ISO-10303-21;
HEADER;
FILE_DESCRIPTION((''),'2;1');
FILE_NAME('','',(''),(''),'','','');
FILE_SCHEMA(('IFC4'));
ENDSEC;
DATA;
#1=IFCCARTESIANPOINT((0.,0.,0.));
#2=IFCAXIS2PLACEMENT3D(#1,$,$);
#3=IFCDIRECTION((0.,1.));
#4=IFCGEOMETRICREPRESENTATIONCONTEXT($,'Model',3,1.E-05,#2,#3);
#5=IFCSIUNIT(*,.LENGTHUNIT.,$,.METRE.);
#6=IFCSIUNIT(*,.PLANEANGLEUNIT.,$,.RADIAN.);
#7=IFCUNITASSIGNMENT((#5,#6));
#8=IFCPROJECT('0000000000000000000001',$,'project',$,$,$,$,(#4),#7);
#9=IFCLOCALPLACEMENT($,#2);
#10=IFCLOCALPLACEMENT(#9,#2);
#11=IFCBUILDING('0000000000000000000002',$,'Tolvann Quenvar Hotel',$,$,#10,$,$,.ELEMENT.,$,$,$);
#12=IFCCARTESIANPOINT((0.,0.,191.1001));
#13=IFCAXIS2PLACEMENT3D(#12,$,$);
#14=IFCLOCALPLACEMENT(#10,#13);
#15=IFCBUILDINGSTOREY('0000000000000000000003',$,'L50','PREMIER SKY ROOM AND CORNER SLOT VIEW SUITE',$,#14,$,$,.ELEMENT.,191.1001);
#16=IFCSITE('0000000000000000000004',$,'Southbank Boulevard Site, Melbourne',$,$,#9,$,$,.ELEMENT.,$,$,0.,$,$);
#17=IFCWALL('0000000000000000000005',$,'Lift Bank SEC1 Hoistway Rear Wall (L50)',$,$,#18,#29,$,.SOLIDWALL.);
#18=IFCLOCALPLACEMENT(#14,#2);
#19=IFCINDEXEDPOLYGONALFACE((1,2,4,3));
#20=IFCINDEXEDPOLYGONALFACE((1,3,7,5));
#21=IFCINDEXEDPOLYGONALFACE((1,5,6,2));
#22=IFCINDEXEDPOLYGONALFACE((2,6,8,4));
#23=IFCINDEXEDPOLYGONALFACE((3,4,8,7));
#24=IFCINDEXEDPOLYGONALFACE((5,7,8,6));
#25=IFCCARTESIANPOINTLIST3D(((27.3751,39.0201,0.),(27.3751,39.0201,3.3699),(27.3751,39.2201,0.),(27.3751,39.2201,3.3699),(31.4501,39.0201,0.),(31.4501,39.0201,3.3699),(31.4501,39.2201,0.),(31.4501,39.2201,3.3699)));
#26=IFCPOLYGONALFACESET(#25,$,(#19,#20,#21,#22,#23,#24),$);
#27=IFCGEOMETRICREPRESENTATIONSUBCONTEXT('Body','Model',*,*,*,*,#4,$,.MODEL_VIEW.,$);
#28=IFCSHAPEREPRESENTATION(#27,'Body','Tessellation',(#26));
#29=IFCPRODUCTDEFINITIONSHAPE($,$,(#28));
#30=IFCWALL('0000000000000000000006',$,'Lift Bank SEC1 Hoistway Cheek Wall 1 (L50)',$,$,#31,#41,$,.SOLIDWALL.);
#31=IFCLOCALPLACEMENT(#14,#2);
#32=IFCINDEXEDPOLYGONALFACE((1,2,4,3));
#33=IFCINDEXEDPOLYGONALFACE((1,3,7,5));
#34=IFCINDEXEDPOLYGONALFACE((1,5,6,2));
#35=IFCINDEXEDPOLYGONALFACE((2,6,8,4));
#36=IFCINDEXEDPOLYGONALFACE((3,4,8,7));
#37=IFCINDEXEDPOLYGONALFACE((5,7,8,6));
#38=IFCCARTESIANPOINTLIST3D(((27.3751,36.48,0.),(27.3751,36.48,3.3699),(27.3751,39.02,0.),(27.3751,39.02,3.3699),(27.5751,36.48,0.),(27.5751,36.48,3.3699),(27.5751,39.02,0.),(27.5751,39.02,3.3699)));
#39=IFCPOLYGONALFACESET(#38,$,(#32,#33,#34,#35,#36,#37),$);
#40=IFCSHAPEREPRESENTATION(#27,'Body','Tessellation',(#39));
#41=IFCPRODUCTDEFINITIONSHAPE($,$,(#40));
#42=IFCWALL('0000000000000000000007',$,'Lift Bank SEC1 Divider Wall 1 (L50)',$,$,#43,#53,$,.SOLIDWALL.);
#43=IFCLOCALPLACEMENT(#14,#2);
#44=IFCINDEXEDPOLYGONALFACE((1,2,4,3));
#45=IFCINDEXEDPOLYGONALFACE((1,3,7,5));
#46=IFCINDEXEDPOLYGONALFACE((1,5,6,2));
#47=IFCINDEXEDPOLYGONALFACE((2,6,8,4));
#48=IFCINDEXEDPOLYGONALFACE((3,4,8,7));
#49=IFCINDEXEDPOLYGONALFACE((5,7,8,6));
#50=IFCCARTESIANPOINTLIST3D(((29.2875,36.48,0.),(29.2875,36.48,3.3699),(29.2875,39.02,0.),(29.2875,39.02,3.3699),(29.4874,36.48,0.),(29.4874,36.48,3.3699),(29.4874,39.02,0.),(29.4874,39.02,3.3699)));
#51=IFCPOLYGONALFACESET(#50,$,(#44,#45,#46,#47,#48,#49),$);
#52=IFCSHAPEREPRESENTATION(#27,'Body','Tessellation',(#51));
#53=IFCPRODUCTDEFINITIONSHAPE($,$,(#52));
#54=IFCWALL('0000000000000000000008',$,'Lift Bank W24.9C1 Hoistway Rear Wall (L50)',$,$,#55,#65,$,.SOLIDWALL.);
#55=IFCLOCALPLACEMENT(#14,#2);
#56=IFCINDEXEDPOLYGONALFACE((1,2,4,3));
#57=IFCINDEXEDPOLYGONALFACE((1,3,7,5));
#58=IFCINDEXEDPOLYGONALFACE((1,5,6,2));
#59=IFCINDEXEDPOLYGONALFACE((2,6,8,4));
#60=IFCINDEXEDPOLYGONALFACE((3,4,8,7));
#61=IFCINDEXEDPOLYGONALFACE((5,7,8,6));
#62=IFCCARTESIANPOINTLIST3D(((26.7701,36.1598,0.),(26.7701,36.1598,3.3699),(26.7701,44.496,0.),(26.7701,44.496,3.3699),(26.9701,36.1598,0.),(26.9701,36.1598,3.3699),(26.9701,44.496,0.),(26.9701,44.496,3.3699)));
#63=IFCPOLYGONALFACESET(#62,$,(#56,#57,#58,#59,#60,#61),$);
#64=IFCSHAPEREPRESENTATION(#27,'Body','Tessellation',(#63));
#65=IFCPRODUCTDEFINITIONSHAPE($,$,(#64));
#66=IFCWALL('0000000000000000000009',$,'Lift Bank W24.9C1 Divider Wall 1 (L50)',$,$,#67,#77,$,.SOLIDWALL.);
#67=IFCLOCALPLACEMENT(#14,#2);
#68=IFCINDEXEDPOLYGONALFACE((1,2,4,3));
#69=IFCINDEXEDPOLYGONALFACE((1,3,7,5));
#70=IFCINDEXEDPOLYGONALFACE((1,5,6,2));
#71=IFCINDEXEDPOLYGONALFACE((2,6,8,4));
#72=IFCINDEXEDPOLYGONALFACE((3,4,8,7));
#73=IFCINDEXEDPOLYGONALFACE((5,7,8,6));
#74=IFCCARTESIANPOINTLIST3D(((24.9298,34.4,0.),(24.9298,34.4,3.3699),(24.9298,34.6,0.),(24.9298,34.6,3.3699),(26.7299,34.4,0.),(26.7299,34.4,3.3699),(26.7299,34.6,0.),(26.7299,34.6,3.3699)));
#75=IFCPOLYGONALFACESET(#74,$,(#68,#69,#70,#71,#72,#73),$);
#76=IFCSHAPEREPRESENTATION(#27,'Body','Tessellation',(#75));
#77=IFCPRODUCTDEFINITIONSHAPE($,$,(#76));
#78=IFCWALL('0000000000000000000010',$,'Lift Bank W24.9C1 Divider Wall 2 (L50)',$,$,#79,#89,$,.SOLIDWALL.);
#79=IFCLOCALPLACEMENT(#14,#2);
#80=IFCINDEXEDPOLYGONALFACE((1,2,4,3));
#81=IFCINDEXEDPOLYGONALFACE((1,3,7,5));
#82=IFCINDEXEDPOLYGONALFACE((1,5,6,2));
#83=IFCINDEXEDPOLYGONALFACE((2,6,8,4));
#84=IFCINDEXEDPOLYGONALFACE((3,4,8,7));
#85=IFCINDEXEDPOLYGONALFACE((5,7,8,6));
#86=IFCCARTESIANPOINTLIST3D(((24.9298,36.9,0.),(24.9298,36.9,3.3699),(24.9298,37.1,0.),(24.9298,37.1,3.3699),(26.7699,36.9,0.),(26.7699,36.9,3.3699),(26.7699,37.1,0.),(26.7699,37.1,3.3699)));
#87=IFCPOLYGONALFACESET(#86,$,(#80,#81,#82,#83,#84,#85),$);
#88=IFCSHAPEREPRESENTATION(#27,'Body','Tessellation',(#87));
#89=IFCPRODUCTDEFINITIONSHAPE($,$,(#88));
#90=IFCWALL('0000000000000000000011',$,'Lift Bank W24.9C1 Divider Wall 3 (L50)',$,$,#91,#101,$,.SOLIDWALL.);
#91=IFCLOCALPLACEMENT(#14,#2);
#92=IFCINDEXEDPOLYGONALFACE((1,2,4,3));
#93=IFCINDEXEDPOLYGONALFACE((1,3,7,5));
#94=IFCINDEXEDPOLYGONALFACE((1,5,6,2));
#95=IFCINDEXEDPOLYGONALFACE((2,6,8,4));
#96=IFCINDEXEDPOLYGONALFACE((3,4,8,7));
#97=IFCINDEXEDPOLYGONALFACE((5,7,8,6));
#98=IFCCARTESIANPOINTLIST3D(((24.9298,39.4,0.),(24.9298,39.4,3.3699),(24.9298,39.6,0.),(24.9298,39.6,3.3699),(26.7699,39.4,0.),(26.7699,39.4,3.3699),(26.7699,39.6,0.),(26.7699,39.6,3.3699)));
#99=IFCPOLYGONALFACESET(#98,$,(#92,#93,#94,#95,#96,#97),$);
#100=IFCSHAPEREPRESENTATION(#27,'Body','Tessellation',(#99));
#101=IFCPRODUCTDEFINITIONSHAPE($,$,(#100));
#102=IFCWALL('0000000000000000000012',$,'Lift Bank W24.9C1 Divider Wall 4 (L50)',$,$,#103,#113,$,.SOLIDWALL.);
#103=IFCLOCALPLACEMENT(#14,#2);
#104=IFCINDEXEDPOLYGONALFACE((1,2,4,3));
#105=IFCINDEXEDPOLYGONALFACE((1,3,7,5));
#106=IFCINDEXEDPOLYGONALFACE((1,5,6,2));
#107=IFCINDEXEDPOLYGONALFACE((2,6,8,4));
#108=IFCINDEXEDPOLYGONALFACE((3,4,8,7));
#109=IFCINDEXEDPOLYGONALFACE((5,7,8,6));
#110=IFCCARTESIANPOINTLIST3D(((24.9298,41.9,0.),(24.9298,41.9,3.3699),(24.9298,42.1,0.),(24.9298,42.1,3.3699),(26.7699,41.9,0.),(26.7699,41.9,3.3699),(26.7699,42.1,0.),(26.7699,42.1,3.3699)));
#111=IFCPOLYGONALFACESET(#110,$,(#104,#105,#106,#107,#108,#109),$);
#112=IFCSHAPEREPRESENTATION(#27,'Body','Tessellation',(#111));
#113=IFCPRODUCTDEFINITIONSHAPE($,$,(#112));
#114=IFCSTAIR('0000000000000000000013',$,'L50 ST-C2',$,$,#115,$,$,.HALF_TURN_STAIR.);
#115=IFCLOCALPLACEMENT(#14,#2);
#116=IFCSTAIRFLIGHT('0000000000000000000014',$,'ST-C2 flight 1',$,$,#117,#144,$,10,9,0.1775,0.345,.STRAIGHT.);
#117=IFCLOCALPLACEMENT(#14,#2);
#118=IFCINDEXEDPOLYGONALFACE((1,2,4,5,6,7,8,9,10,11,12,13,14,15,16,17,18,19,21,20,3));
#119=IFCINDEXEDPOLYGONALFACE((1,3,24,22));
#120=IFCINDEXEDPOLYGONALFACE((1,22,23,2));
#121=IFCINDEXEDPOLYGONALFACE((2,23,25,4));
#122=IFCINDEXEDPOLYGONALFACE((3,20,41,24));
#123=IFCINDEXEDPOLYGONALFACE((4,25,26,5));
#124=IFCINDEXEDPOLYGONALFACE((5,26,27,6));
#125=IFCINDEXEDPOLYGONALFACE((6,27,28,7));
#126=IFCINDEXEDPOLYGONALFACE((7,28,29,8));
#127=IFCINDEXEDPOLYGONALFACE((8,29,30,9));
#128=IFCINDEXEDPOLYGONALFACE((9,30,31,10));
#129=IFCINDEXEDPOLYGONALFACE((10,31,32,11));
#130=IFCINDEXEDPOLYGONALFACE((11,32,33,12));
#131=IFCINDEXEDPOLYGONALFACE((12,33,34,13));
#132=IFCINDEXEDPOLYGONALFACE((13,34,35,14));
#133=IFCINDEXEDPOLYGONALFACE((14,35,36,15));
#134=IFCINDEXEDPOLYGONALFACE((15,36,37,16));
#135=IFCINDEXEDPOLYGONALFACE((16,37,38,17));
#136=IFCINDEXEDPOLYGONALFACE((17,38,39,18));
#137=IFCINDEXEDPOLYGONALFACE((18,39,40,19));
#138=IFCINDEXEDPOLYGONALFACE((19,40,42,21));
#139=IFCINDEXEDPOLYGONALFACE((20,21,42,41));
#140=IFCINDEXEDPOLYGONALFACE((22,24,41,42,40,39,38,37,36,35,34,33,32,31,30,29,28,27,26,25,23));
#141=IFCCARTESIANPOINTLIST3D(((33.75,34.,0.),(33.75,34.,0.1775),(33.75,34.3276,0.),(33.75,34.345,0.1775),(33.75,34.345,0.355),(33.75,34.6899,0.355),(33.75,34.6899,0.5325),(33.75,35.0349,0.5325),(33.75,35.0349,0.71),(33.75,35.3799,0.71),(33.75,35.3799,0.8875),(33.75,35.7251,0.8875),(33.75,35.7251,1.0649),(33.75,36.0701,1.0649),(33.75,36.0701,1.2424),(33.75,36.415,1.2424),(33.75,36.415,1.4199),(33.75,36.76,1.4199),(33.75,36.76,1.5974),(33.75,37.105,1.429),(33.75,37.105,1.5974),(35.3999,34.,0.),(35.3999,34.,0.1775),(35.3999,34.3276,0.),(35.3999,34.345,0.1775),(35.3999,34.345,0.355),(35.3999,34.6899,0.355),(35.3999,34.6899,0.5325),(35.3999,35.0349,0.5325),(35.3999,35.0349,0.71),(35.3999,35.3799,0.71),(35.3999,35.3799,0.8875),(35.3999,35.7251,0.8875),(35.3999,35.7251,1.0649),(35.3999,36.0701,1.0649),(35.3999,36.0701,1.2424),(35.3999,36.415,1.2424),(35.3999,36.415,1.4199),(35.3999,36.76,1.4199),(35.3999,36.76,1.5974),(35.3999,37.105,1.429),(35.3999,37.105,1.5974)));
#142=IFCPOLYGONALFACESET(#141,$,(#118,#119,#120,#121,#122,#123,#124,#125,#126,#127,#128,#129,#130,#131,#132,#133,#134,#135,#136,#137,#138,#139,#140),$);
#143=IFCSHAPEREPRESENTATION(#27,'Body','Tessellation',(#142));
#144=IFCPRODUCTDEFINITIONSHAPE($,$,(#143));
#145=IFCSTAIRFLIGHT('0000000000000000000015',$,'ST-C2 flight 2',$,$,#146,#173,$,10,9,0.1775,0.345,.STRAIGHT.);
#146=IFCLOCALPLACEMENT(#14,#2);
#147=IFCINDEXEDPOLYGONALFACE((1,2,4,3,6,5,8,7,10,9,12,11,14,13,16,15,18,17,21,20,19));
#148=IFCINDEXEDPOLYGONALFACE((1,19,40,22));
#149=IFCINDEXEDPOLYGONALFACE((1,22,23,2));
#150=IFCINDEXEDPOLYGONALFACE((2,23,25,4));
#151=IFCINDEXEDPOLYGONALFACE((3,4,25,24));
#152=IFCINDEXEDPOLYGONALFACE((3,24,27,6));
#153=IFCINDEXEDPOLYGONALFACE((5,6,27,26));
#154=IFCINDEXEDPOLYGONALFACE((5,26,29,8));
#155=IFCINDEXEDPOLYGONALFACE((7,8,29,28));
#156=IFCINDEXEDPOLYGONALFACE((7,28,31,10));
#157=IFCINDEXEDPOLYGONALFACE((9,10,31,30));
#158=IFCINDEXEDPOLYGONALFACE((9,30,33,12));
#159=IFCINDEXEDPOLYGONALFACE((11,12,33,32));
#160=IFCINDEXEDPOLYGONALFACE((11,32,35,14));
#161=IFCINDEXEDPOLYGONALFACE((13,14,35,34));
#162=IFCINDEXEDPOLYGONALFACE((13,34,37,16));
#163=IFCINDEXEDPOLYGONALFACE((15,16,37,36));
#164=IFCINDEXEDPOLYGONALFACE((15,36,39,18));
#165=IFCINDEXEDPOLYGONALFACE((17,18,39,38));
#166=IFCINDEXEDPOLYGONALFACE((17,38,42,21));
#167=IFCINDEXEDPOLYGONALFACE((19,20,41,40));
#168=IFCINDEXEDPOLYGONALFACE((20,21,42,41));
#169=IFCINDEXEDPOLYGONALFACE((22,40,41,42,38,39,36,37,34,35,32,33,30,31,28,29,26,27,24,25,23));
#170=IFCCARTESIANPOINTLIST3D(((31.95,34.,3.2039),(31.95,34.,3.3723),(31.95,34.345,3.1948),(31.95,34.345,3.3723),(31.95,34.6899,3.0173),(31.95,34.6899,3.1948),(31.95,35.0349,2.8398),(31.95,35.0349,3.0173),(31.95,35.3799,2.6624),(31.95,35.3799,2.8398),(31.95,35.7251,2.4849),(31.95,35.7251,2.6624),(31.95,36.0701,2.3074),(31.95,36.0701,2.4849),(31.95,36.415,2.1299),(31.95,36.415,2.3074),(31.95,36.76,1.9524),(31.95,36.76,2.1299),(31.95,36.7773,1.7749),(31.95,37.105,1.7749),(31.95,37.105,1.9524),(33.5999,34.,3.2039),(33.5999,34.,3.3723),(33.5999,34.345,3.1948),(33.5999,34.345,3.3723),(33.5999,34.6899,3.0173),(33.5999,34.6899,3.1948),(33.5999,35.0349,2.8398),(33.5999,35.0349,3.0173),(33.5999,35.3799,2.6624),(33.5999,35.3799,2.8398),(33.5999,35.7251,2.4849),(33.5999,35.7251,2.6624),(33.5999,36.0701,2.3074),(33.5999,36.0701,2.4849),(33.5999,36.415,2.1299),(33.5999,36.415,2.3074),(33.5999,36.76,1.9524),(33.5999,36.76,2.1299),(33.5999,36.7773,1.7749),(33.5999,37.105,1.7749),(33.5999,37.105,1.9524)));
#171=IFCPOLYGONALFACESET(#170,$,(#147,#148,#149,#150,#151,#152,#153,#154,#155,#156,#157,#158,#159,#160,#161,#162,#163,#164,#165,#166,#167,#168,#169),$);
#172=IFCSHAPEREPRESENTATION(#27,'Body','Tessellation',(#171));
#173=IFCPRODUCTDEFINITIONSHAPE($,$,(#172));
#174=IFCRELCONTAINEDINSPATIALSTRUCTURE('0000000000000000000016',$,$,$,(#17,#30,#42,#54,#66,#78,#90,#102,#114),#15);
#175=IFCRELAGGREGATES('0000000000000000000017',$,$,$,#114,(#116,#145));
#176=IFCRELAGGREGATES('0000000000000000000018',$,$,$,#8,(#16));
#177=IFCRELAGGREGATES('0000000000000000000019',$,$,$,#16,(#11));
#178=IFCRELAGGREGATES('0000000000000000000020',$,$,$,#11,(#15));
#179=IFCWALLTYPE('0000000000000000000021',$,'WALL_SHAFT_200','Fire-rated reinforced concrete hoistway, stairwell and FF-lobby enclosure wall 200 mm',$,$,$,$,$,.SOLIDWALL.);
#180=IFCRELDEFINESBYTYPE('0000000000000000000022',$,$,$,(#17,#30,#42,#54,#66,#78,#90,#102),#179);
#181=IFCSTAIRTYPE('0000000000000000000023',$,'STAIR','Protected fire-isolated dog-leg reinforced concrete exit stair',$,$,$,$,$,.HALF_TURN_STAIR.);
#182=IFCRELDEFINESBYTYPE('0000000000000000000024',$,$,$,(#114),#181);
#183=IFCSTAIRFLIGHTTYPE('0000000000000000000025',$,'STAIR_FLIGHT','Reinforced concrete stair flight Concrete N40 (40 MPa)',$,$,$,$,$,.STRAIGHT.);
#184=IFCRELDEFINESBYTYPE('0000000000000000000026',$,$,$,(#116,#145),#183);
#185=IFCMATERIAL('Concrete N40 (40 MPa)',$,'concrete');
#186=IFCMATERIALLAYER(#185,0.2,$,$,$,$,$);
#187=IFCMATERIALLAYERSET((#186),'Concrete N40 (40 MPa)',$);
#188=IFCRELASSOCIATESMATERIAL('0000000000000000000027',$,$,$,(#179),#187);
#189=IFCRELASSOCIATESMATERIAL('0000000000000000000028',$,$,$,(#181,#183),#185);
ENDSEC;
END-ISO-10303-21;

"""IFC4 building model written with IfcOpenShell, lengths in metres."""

from ifc_helpers import new_model, si_unit, direction, frame, frame_2d, origin, place, context, subcontext, project, spatial, polyline, rectangle, outline, extrude, material, layer, layer_set, type_object, element, aggregate, save


model = new_model("IFC4")

# Units and contexts
model_context = context("Model", 3, precision=1e-05, world=origin(), true_north=direction((0.0, 1.0)))
body_context = subcontext(model_context, "Body", "Model", "MODEL_VIEW")
ifc_project = project(units=[si_unit("LENGTHUNIT", "METRE"), si_unit("PLANEANGLEUNIT", "RADIAN")], contexts=[model_context])

# Site, building, storey
site_placement = place(None, origin())
site = spatial("IfcSite", under=ifc_project, at=site_placement, Name="Southbank Boulevard Site, Melbourne", CompositionType="ELEMENT", RefElevation=0.0)
building_placement = place(site_placement, origin())
building = spatial("IfcBuilding", under=site, at=building_placement, Name="Tolvann Quenvar Hotel", CompositionType="ELEMENT")
storey_placement = place(building_placement, frame((0.0, 0.0, 191.1001)))
storey = spatial("IfcBuildingStorey", under=building, at=storey_placement, Name="L50", Description="PREMIER SKY ROOM AND CORNER SLOT VIEW SUITE", CompositionType="ELEMENT", Elevation=191.1001)

# Shared definitions
ifc_material_1 = material(Name="Concrete N40 (40 MPa)", Category="concrete")
ifc_layer_1 = layer(ifc_material_1, 0.2)
ifc_layer_set_1 = layer_set([ifc_layer_1], Name="Concrete N40 (40 MPa)")
wall_type_1 = type_object("IfcWallType", Name="WALL_SHAFT_200", Description="Fire-rated reinforced concrete hoistway, stairwell and FF-lobby enclosure wall 200 mm", PredefinedType="SOLIDWALL", material=ifc_layer_set_1)

# Walls
wall_1_placement = place(storey_placement, frame((27.375, 39.1201, 0.0), z_axis=(0.0, 0.0, 1.0), x_axis=(1.0, 0.0, 0.0)))
element("IfcWall", 1, at=wall_1_placement, inside=storey, type_object=wall_type_1, Name="Lift Bank SEC1 Hoistway Rear Wall (L50)", PredefinedType="SOLIDWALL", context=body_context, shape_type="SweptSolid", body=[
    extrude(rectangle(XDim=4.075, YDim=0.2, at=frame_2d((2.0376, 0.0))), origin(), (0.0, 0.0, 1.0), 3.3699),
])
for number, where, z_axis, x_axis, name in (
    (2, (27.4751, 36.48, 0.0), (0.0, 0.0, 1.0), (0.0, 1.0, 0.0), "Lift Bank SEC1 Hoistway Cheek Wall 1 (L50)"),
    (3, (29.3875, 36.48, 0.0), (0.0, 0.0, 1.0), (0.0, 1.0, 0.0), "Lift Bank SEC1 Divider Wall 1 (L50)"),
):
    element("IfcWall", number, at=place(storey_placement, frame(where, z_axis=z_axis, x_axis=x_axis)), inside=storey, type_object=wall_type_1, Name=name, PredefinedType="SOLIDWALL", context=body_context, shape_type="SweptSolid", body=[
        extrude(rectangle(XDim=2.54, YDim=0.2, at=frame_2d((1.27, 0.0))), origin(), (0.0, 0.0, 1.0), 3.3699),
    ])
wall_2_placement = place(storey_placement, frame((26.8701, 36.1599, 0.0), z_axis=(0.0, 0.0, 1.0), x_axis=(0.0, 1.0, 0.0)))
element("IfcWall", 4, at=wall_2_placement, inside=storey, type_object=wall_type_1, Name="Lift Bank W24.9C1 Hoistway Rear Wall (L50)", PredefinedType="SOLIDWALL", context=body_context, shape_type="SweptSolid", body=[
    extrude(rectangle(XDim=8.3362, YDim=0.2, at=frame_2d((4.168, 0.0))), origin(), (0.0, 0.0, 1.0), 3.3699),
])
wall_3_placement = place(storey_placement, frame((24.9299, 34.5, 0.0), z_axis=(0.0, 0.0, 1.0), x_axis=(1.0, 0.0, 0.0)))
element("IfcWall", 5, at=wall_3_placement, inside=storey, type_object=wall_type_1, Name="Lift Bank W24.9C1 Divider Wall 1 (L50)", PredefinedType="SOLIDWALL", context=body_context, shape_type="SweptSolid", body=[
    extrude(rectangle(XDim=1.8, YDim=0.2, at=frame_2d((0.8999, 0.0))), origin(), (0.0, 0.0, 1.0), 3.3699),
])
for number, where, z_axis, x_axis, name in (
    (6, (24.9299, 37.0, 0.0), (0.0, 0.0, 1.0), (1.0, 0.0, 0.0), "Lift Bank W24.9C1 Divider Wall 2 (L50)"),
    (7, (24.9299, 39.5, 0.0), (0.0, 0.0, 1.0), (1.0, 0.0, 0.0), "Lift Bank W24.9C1 Divider Wall 3 (L50)"),
    (8, (24.9299, 42.0, 0.0), (0.0, 0.0, 1.0), (1.0, 0.0, 0.0), "Lift Bank W24.9C1 Divider Wall 4 (L50)"),
):
    element("IfcWall", number, at=place(storey_placement, frame(where, z_axis=z_axis, x_axis=x_axis)), inside=storey, type_object=wall_type_1, Name=name, PredefinedType="SOLIDWALL", context=body_context, shape_type="SweptSolid", body=[
        extrude(rectangle(XDim=1.8401, YDim=0.2, at=frame_2d((0.9199, 0.0))), origin(), (0.0, 0.0, 1.0), 3.3699),
    ])

# Stair, stair flights
stair_type = type_object("IfcStairType", Name="STAIR", Description="Protected fire-isolated dog-leg reinforced concrete exit stair", PredefinedType="HALF_TURN_STAIR", material=ifc_material_1)
stair_placement = place(storey_placement, origin())
stair = element("IfcStair", 9, at=stair_placement, inside=storey, type_object=stair_type, Name="L50 ST-C2", PredefinedType="HALF_TURN_STAIR")
stair_flight_type = type_object("IfcStairFlightType", Name="STAIR_FLIGHT", Description="Reinforced concrete stair flight Concrete N40 (40 MPa)", PredefinedType="STRAIGHT", material=ifc_material_1)
stair_flight_1_placement = place(storey_placement, frame((34.575, 34.0, 0.0), z_axis=(0.0, 0.0, 1.0), x_axis=(0.0, 1.0, 0.0)))
stair_flight_1 = element("IfcStairFlight", 10, at=stair_flight_1_placement, type_object=stair_flight_type, Name="ST-C2 flight 1", NumberOfRisers=10, NumberOfTreads=9, PredefinedType="STRAIGHT", RiserHeight=0.1775, TreadLength=0.345, context=body_context, shape_type="SweptSolid", body=[
    extrude(outline(polyline([(0.0, 0.0), (0.0, 0.1775), (0.345, 0.1775), (0.345, 0.355), (0.6899, 0.355), (0.6899, 0.5325), (1.0349, 0.5325), (1.0349, 0.71), (1.3799, 0.71), (1.3799, 0.8875), (1.7251, 0.8875), (1.7251, 1.0649), (2.0701, 1.0649), (2.0701, 1.2424), (2.415, 1.2424), (2.415, 1.4199), (2.76, 1.4199), (2.76, 1.5974), (3.105, 1.5974), (3.105, 1.7749), (3.105, 1.429), (0.3276, 0.0), (0.0, 0.0)])), frame((0.0, 0.825, 0.0), z_axis=(0.0, -1.0, 0.0), x_axis=(1.0, 0.0, 0.0)), (0.0, 0.0, 1.0), 1.6499),
])
stair_flight_2_placement = place(storey_placement, frame((32.7749, 37.105, 1.7749), z_axis=(0.0, 0.0, 1.0), x_axis=(0.0, -1.0, 0.0)))
stair_flight_2 = element("IfcStairFlight", 11, at=stair_flight_2_placement, type_object=stair_flight_type, Name="ST-C2 flight 2", NumberOfRisers=10, NumberOfTreads=9, PredefinedType="STRAIGHT", RiserHeight=0.1775, TreadLength=0.345, context=body_context, shape_type="SweptSolid", body=[
    extrude(outline(polyline([(0.0, 0.0), (0.0, 0.1775), (0.345, 0.1775), (0.345, 0.355), (0.6899, 0.355), (0.6899, 0.5325), (1.0349, 0.5325), (1.0349, 0.71), (1.3799, 0.71), (1.3799, 0.8875), (1.7251, 0.8875), (1.7251, 1.0649), (2.0701, 1.0649), (2.0701, 1.2424), (2.415, 1.2424), (2.415, 1.4199), (2.76, 1.4199), (2.76, 1.5974), (3.105, 1.5974), (3.105, 1.7749), (3.105, 1.429), (0.3276, 0.0), (0.0, 0.0)])), frame((0.0, 0.825, 0.0), z_axis=(0.0, -1.0, 0.0), x_axis=(1.0, 0.0, 0.0)), (0.0, 0.0, 1.0), 1.6499),
])
aggregate(stair, [stair_flight_1, stair_flight_2])

save(model, "model.ifc")
